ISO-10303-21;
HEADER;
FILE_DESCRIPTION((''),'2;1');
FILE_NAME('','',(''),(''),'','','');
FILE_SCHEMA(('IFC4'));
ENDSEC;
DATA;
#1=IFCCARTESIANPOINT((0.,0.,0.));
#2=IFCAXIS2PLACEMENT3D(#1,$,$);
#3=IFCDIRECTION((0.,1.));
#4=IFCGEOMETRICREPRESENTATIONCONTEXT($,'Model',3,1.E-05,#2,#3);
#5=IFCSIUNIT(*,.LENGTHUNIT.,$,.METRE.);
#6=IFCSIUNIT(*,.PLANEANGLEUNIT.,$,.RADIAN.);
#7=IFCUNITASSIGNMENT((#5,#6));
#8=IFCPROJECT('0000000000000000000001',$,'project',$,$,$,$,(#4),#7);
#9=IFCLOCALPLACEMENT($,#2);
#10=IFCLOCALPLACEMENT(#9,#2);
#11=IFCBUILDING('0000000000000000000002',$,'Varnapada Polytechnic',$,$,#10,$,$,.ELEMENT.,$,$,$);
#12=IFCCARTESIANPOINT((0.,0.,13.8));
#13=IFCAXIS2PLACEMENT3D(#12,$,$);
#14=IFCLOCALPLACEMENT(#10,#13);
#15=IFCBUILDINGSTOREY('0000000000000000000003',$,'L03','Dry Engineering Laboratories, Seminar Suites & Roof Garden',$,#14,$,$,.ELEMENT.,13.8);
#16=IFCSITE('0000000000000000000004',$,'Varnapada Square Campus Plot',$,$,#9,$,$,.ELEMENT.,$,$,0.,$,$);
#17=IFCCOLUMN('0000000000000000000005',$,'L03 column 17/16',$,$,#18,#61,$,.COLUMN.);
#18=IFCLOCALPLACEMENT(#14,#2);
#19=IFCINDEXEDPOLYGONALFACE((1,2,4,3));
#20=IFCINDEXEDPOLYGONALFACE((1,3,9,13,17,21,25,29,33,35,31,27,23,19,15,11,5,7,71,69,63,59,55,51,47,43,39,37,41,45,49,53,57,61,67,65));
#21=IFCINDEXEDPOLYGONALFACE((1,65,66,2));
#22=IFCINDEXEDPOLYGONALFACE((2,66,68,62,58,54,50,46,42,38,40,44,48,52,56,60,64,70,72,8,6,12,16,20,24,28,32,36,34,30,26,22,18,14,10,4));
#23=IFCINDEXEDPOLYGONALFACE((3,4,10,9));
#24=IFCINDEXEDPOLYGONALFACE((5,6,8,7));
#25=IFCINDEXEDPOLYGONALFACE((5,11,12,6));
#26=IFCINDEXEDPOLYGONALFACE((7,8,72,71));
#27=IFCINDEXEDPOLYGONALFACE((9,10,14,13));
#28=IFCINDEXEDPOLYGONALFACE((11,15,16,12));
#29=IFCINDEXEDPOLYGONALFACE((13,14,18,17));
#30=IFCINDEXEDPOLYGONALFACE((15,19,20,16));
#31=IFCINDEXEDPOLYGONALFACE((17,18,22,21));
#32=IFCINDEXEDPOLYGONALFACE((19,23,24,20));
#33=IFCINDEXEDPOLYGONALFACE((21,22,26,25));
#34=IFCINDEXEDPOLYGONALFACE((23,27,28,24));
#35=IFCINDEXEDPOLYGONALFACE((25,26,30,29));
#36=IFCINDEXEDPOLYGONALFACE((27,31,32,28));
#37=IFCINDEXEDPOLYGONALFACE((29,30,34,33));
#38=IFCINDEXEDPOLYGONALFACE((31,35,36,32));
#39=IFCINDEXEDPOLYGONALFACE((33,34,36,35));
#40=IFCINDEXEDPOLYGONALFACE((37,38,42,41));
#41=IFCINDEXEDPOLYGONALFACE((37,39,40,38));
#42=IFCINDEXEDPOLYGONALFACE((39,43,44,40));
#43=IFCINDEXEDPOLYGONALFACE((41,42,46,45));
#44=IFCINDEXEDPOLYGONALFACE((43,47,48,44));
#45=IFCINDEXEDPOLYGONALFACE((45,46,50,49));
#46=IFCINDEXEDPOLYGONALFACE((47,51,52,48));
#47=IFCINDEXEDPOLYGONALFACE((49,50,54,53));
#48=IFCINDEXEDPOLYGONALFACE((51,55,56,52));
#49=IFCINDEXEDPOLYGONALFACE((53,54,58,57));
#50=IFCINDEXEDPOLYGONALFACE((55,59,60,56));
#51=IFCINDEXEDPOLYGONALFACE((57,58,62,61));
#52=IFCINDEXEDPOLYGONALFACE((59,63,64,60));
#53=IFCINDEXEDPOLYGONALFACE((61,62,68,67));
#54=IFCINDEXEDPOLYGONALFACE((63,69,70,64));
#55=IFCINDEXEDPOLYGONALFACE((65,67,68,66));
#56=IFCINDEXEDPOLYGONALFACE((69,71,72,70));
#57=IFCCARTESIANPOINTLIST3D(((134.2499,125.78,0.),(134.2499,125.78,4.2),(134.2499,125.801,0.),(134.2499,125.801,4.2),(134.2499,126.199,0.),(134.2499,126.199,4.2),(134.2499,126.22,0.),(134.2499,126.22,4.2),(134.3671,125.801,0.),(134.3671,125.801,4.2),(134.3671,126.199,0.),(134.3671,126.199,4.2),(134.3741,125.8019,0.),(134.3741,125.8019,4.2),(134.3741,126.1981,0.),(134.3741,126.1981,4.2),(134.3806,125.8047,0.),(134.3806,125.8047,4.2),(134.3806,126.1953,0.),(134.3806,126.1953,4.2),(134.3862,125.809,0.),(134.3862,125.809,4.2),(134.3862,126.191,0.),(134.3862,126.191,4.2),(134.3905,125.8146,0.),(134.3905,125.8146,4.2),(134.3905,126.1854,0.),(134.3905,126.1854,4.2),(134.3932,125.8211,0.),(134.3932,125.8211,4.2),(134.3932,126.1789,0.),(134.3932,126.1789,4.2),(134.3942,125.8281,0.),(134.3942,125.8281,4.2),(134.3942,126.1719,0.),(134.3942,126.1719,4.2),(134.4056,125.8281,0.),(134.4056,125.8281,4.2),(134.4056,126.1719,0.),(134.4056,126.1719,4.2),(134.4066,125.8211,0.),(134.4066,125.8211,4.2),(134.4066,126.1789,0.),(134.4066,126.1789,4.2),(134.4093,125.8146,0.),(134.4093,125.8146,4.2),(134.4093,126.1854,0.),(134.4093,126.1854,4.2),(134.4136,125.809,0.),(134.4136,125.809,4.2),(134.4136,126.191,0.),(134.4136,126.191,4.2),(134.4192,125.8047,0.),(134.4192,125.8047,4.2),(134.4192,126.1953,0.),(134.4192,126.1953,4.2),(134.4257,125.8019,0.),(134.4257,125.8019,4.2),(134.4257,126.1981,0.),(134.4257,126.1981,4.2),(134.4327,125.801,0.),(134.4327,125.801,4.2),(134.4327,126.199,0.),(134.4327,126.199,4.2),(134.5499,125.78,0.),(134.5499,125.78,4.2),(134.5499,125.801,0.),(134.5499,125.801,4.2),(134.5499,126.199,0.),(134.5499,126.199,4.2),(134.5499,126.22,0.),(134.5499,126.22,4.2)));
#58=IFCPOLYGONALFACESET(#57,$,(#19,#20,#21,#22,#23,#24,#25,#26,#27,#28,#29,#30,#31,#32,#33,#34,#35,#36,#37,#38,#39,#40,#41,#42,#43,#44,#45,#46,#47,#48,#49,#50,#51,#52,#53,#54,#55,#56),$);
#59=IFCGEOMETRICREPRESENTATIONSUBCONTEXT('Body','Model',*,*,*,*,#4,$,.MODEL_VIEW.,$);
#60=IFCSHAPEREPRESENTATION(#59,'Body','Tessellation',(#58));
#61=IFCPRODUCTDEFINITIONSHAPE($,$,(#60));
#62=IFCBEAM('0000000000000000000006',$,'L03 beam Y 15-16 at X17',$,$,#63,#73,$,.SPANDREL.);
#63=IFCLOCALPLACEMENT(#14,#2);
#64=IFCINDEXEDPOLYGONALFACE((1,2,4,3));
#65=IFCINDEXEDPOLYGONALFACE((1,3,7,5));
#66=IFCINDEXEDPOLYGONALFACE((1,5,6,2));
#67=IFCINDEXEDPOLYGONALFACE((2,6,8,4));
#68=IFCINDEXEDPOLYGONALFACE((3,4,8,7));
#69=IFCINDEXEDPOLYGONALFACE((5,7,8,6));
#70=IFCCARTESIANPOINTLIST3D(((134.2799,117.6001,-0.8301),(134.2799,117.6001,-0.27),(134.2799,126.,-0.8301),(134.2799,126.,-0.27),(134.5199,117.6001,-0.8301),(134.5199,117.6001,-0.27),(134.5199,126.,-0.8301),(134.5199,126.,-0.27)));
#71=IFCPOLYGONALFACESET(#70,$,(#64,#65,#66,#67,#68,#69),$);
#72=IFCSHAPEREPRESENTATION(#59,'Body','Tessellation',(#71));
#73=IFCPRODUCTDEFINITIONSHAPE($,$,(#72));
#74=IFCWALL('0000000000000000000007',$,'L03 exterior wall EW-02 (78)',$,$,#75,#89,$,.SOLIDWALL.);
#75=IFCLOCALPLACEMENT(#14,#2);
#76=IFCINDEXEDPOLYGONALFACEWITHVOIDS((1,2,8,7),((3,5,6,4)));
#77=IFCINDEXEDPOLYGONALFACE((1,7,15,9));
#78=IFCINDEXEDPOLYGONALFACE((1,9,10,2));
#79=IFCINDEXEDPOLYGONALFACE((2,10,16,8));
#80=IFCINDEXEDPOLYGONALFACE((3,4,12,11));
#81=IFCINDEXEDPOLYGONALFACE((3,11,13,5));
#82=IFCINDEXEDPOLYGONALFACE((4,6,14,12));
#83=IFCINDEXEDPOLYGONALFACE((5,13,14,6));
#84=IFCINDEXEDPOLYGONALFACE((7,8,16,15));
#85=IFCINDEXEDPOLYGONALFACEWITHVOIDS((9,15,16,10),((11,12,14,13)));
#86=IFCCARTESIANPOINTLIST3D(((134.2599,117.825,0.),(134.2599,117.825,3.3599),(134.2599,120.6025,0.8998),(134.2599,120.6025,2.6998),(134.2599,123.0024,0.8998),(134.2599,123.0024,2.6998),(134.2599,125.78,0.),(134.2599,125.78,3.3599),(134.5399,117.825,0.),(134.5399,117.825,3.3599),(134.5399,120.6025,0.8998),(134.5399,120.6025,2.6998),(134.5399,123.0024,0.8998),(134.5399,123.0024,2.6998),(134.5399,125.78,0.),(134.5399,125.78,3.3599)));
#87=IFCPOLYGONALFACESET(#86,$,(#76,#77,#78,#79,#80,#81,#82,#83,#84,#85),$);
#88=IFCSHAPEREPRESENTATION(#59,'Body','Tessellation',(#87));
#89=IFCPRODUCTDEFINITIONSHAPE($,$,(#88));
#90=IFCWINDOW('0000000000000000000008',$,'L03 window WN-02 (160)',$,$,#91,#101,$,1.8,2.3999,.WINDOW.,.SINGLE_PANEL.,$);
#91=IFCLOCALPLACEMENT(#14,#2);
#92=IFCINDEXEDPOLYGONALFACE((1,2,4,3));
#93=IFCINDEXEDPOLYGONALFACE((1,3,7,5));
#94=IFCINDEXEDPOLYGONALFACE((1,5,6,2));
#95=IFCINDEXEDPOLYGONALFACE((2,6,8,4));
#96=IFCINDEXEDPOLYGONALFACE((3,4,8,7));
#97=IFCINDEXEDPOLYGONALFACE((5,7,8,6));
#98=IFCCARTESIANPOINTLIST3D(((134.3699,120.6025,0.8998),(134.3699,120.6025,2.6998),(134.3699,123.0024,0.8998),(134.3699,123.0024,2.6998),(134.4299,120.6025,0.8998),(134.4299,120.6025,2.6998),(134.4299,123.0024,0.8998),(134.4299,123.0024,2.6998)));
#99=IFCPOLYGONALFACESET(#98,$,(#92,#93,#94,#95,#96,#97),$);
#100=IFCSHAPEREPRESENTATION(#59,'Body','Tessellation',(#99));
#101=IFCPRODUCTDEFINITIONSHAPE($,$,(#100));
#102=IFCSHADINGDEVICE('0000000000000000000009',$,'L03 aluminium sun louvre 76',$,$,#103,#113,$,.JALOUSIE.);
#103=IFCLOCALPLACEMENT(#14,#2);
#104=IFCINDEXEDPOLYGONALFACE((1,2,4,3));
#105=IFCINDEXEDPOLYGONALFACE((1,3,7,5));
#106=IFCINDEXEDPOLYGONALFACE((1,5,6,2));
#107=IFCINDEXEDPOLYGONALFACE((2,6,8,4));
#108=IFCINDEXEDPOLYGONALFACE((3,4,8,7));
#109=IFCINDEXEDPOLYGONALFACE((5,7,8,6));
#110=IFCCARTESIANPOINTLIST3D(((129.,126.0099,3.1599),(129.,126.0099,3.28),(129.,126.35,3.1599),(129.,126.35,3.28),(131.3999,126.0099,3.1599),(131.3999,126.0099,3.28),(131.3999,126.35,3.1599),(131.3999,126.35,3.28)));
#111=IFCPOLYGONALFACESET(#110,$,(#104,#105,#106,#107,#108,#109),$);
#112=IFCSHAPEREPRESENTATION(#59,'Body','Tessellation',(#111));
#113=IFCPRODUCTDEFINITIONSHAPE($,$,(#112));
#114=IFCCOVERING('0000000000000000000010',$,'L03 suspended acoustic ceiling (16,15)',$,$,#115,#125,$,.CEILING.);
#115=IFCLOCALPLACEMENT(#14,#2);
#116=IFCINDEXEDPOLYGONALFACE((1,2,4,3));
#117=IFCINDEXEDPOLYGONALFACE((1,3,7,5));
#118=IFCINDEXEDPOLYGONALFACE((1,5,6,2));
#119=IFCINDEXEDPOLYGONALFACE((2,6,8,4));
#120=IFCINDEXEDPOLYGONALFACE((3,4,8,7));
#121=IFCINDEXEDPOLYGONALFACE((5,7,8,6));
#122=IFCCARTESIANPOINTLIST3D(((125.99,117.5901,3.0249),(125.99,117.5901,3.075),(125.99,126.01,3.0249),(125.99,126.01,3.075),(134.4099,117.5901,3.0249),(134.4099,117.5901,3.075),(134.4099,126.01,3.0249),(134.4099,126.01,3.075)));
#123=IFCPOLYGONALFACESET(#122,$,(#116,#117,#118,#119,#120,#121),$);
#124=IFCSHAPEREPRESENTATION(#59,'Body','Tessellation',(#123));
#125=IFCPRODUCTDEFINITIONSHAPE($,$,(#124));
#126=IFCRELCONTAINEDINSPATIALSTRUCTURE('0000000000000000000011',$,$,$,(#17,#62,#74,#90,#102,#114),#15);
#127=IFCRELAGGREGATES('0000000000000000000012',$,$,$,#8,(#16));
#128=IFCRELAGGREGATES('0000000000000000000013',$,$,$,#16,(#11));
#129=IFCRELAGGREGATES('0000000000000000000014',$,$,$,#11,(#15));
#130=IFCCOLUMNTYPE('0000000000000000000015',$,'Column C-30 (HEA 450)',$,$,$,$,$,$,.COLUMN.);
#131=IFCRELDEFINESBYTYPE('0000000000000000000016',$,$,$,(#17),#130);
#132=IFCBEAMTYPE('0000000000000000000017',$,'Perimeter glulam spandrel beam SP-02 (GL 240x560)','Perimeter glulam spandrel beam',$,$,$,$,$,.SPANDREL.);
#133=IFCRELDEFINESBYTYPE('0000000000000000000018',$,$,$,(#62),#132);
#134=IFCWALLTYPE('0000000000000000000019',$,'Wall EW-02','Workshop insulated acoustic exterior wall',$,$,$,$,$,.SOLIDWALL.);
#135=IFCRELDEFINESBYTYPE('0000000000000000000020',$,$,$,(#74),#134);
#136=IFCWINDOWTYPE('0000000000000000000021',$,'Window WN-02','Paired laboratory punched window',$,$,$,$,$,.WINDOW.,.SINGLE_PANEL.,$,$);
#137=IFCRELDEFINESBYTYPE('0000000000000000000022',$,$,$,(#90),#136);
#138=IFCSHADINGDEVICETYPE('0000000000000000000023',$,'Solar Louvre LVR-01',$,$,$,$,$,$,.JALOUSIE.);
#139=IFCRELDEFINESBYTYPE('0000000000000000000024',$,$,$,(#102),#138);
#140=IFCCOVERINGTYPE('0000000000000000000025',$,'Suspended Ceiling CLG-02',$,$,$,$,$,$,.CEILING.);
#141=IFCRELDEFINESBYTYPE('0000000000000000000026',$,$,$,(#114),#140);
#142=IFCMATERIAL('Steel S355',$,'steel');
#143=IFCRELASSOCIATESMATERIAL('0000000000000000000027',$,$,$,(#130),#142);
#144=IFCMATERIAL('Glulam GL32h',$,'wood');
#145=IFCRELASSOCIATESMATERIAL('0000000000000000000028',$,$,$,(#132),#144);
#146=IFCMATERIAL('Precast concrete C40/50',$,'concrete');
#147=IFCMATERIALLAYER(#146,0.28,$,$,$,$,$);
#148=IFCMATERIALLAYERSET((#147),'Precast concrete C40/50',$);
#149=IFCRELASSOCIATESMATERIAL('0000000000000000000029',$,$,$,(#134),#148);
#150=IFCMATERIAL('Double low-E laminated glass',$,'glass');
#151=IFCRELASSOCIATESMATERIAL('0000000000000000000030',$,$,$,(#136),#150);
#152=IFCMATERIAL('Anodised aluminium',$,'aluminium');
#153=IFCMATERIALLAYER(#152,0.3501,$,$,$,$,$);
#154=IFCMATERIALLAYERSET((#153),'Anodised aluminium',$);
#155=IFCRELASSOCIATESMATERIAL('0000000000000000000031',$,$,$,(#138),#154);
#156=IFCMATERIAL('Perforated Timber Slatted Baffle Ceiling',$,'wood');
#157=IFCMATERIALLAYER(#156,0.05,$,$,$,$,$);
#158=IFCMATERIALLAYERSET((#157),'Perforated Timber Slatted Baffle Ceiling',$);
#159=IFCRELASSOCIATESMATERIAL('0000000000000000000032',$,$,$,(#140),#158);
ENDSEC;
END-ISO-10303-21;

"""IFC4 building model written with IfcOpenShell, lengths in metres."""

from ifc_helpers import new_model, si_unit, direction, frame, frame_2d, origin, origin_2d, place, context, subcontext, project, spatial, rectangle, i_section, extrude, material, layer, layer_set, material_profile, profile_set, type_object, element, fill, save


model = new_model("IFC4")

# Units and contexts
model_context = context("Model", 3, precision=1e-05, world=origin(), true_north=direction((0.0, 1.0)))
body_context = subcontext(model_context, "Body", "Model", "MODEL_VIEW")
ifc_project = project(units=[si_unit("LENGTHUNIT", "METRE"), si_unit("PLANEANGLEUNIT", "RADIAN")], contexts=[model_context])

# Site, building, storey
site_placement = place(None, origin())
site = spatial("IfcSite", under=ifc_project, at=site_placement, Name="Varnapada Square Campus Plot", CompositionType="ELEMENT", RefElevation=0.0)
building_placement = place(site_placement, origin())
building = spatial("IfcBuilding", under=site, at=building_placement, Name="Varnapada Polytechnic", CompositionType="ELEMENT")
storey_placement = place(building_placement, frame((0.0, 0.0, 13.8)))
storey = spatial("IfcBuildingStorey", under=building, at=storey_placement, Name="L03", Description="Dry Engineering Laboratories, Seminar Suites & Roof Garden", CompositionType="ELEMENT", Elevation=13.8)

# Column
ifc_material_1 = material(Name="Steel S355", Category="steel")
ifc_material_profile_1 = material_profile(ifc_material_1, i_section(OverallWidth=0.3, OverallDepth=0.4399, WebThickness=0.0115, FlangeThickness=0.021, FilletRadius=0.0271, at=origin_2d()), Name="HEA 450")
ifc_profile_set_1 = profile_set([ifc_material_profile_1], Name="Steel S355")
column_type = type_object("IfcColumnType", Name="Column C-30 (HEA 450)", PredefinedType="COLUMN", material=ifc_profile_set_1)
column_placement = place(storey_placement, frame((134.3999, 126.0, 0.0), z_axis=(0.0, 0.0, 1.0), x_axis=(1.0, 0.0, 0.0)))
element("IfcColumn", 1, at=column_placement, inside=storey, type_object=column_type, Name="L03 column 17/16", PredefinedType="COLUMN", context=body_context, shape_type="SweptSolid", body=[
    extrude(i_section(OverallWidth=0.3, OverallDepth=0.4399, WebThickness=0.0115, FlangeThickness=0.021, FilletRadius=0.0271, at=origin_2d()), origin(), (0.0, 0.0, 1.0), 4.2),
])

# Beam
ifc_material_2 = material(Name="Glulam GL32h", Category="wood")
ifc_material_profile_2 = material_profile(ifc_material_2, rectangle(XDim=0.24, YDim=0.5601, at=origin_2d()), Name="GL 240x560")
ifc_profile_set_2 = profile_set([ifc_material_profile_2], Name="Glulam GL32h")
beam_type = type_object("IfcBeamType", Name="Perimeter glulam spandrel beam SP-02 (GL 240x560)", Description="Perimeter glulam spandrel beam", PredefinedType="SPANDREL", material=ifc_profile_set_2)
beam_placement = place(storey_placement, frame((134.3999, 117.6001, -0.55), z_axis=(0.0, 1.0, 0.0), x_axis=(-1.0, 0.0, 0.0)))
element("IfcBeam", 2, at=beam_placement, inside=storey, type_object=beam_type, Name="L03 beam Y 15-16 at X17", PredefinedType="SPANDREL", context=body_context, shape_type="SweptSolid", body=[
    extrude(rectangle(XDim=0.24, YDim=0.5601, at=origin_2d()), origin(), (0.0, 0.0, 1.0), 8.3999),
])

# Wall, opening, window
ifc_material_3 = material(Name="Precast concrete C40/50", Category="concrete")
ifc_layer_1 = layer(ifc_material_3, 0.28)
ifc_layer_set_1 = layer_set([ifc_layer_1], Name="Precast concrete C40/50")
wall_type = type_object("IfcWallType", Name="Wall EW-02", Description="Workshop insulated acoustic exterior wall", PredefinedType="SOLIDWALL", material=ifc_layer_set_1)
wall_placement = place(storey_placement, frame((134.3999, 125.78, 0.0), z_axis=(0.0, 0.0, 1.0), x_axis=(0.0, -1.0, 0.0)))
wall = element("IfcWall", 3, at=wall_placement, inside=storey, type_object=wall_type, Name="L03 exterior wall EW-02 (78)", PredefinedType="SOLIDWALL", context=body_context, shape_type="SweptSolid", body=[
    extrude(rectangle(XDim=7.9551, YDim=0.28, at=frame_2d((3.9775, 0.0))), origin(), (0.0, 0.0, 1.0), 3.3599),
])
opening_1_placement = place(wall_placement, frame((2.7776, 0.0, 0.8999)))
opening_1 = element("IfcOpeningElement", 4, at=opening_1_placement, cuts=wall, PredefinedType="OPENING", context=body_context, shape_type="SweptSolid", body=[
    extrude(rectangle(XDim=2.3999, YDim=1.8, at=frame_2d((1.2, 0.8999))), frame((0.0, 0.1499, 0.0), z_axis=(0.0, -1.0, 0.0), x_axis=(1.0, 0.0, 0.0)), (0.0, 0.0, 1.0), 0.3),
])
ifc_material_4 = material(Name="Double low-E laminated glass", Category="glass")
window_type = type_object("IfcWindowType", Name="Window WN-02", Description="Paired laboratory punched window", PartitioningType="SINGLE_PANEL", PredefinedType="WINDOW", material=ifc_material_4)
window_placement = place(opening_1_placement, origin())
window = element("IfcWindow", 5, at=window_placement, inside=storey, type_object=window_type, Name="L03 window WN-02 (160)", OverallHeight=1.8, OverallWidth=2.3999, PartitioningType="SINGLE_PANEL", PredefinedType="WINDOW", context=body_context, shape_type="SweptSolid", body=[
    extrude(rectangle(XDim=2.3999, YDim=1.8, at=frame_2d((1.2, 0.8999))), frame((0.0, 0.03, 0.0), z_axis=(0.0, -1.0, 0.0), x_axis=(1.0, 0.0, 0.0)), (0.0, 0.0, 1.0), 0.0601),
])
fill(opening_1, window)

# Shading device
ifc_material_5 = material(Name="Anodised aluminium", Category="aluminium")
ifc_layer_2 = layer(ifc_material_5, 0.3501)
ifc_layer_set_2 = layer_set([ifc_layer_2], Name="Anodised aluminium")
shading_device_type_1 = type_object("IfcShadingDeviceType", Name="Solar Louvre LVR-01", PredefinedType="JALOUSIE", material=ifc_layer_set_2)
shading_device_1_placement = place(storey_placement, frame((130.2, 126.1799, 3.1599), z_axis=(0.0, 0.0, 1.0), x_axis=(1.0, 0.0, 0.0)))
element("IfcShadingDevice", 6, at=shading_device_1_placement, inside=storey, type_object=shading_device_type_1, Name="L03 aluminium sun louvre 76", PredefinedType="JALOUSIE", context=body_context, shape_type="SweptSolid", body=[
    extrude(rectangle(XDim=2.3999, YDim=0.3401, at=origin_2d()), origin(), (0.0, 0.0, 1.0), 0.1201),
])

# Covering
ifc_material_6 = material(Name="Perforated Timber Slatted Baffle Ceiling", Category="wood")
ifc_layer_3 = layer(ifc_material_6, 0.05)
ifc_layer_set_3 = layer_set([ifc_layer_3], Name="Perforated Timber Slatted Baffle Ceiling")
covering_type_1 = type_object("IfcCoveringType", Name="Suspended Ceiling CLG-02", PredefinedType="CEILING", material=ifc_layer_set_3)
covering_1_placement = place(storey_placement, frame((130.2, 121.8, 3.0249), z_axis=(0.0, 0.0, 1.0), x_axis=(1.0, 0.0, 0.0)))
element("IfcCovering", 7, at=covering_1_placement, inside=storey, type_object=covering_type_1, Name="L03 suspended acoustic ceiling (16,15)", PredefinedType="CEILING", context=body_context, shape_type="SweptSolid", body=[
    extrude(rectangle(XDim=8.4199, YDim=8.4199, at=origin_2d()), origin(), (0.0, 0.0, 1.0), 0.05),
])

save(model, "model.ifc")
